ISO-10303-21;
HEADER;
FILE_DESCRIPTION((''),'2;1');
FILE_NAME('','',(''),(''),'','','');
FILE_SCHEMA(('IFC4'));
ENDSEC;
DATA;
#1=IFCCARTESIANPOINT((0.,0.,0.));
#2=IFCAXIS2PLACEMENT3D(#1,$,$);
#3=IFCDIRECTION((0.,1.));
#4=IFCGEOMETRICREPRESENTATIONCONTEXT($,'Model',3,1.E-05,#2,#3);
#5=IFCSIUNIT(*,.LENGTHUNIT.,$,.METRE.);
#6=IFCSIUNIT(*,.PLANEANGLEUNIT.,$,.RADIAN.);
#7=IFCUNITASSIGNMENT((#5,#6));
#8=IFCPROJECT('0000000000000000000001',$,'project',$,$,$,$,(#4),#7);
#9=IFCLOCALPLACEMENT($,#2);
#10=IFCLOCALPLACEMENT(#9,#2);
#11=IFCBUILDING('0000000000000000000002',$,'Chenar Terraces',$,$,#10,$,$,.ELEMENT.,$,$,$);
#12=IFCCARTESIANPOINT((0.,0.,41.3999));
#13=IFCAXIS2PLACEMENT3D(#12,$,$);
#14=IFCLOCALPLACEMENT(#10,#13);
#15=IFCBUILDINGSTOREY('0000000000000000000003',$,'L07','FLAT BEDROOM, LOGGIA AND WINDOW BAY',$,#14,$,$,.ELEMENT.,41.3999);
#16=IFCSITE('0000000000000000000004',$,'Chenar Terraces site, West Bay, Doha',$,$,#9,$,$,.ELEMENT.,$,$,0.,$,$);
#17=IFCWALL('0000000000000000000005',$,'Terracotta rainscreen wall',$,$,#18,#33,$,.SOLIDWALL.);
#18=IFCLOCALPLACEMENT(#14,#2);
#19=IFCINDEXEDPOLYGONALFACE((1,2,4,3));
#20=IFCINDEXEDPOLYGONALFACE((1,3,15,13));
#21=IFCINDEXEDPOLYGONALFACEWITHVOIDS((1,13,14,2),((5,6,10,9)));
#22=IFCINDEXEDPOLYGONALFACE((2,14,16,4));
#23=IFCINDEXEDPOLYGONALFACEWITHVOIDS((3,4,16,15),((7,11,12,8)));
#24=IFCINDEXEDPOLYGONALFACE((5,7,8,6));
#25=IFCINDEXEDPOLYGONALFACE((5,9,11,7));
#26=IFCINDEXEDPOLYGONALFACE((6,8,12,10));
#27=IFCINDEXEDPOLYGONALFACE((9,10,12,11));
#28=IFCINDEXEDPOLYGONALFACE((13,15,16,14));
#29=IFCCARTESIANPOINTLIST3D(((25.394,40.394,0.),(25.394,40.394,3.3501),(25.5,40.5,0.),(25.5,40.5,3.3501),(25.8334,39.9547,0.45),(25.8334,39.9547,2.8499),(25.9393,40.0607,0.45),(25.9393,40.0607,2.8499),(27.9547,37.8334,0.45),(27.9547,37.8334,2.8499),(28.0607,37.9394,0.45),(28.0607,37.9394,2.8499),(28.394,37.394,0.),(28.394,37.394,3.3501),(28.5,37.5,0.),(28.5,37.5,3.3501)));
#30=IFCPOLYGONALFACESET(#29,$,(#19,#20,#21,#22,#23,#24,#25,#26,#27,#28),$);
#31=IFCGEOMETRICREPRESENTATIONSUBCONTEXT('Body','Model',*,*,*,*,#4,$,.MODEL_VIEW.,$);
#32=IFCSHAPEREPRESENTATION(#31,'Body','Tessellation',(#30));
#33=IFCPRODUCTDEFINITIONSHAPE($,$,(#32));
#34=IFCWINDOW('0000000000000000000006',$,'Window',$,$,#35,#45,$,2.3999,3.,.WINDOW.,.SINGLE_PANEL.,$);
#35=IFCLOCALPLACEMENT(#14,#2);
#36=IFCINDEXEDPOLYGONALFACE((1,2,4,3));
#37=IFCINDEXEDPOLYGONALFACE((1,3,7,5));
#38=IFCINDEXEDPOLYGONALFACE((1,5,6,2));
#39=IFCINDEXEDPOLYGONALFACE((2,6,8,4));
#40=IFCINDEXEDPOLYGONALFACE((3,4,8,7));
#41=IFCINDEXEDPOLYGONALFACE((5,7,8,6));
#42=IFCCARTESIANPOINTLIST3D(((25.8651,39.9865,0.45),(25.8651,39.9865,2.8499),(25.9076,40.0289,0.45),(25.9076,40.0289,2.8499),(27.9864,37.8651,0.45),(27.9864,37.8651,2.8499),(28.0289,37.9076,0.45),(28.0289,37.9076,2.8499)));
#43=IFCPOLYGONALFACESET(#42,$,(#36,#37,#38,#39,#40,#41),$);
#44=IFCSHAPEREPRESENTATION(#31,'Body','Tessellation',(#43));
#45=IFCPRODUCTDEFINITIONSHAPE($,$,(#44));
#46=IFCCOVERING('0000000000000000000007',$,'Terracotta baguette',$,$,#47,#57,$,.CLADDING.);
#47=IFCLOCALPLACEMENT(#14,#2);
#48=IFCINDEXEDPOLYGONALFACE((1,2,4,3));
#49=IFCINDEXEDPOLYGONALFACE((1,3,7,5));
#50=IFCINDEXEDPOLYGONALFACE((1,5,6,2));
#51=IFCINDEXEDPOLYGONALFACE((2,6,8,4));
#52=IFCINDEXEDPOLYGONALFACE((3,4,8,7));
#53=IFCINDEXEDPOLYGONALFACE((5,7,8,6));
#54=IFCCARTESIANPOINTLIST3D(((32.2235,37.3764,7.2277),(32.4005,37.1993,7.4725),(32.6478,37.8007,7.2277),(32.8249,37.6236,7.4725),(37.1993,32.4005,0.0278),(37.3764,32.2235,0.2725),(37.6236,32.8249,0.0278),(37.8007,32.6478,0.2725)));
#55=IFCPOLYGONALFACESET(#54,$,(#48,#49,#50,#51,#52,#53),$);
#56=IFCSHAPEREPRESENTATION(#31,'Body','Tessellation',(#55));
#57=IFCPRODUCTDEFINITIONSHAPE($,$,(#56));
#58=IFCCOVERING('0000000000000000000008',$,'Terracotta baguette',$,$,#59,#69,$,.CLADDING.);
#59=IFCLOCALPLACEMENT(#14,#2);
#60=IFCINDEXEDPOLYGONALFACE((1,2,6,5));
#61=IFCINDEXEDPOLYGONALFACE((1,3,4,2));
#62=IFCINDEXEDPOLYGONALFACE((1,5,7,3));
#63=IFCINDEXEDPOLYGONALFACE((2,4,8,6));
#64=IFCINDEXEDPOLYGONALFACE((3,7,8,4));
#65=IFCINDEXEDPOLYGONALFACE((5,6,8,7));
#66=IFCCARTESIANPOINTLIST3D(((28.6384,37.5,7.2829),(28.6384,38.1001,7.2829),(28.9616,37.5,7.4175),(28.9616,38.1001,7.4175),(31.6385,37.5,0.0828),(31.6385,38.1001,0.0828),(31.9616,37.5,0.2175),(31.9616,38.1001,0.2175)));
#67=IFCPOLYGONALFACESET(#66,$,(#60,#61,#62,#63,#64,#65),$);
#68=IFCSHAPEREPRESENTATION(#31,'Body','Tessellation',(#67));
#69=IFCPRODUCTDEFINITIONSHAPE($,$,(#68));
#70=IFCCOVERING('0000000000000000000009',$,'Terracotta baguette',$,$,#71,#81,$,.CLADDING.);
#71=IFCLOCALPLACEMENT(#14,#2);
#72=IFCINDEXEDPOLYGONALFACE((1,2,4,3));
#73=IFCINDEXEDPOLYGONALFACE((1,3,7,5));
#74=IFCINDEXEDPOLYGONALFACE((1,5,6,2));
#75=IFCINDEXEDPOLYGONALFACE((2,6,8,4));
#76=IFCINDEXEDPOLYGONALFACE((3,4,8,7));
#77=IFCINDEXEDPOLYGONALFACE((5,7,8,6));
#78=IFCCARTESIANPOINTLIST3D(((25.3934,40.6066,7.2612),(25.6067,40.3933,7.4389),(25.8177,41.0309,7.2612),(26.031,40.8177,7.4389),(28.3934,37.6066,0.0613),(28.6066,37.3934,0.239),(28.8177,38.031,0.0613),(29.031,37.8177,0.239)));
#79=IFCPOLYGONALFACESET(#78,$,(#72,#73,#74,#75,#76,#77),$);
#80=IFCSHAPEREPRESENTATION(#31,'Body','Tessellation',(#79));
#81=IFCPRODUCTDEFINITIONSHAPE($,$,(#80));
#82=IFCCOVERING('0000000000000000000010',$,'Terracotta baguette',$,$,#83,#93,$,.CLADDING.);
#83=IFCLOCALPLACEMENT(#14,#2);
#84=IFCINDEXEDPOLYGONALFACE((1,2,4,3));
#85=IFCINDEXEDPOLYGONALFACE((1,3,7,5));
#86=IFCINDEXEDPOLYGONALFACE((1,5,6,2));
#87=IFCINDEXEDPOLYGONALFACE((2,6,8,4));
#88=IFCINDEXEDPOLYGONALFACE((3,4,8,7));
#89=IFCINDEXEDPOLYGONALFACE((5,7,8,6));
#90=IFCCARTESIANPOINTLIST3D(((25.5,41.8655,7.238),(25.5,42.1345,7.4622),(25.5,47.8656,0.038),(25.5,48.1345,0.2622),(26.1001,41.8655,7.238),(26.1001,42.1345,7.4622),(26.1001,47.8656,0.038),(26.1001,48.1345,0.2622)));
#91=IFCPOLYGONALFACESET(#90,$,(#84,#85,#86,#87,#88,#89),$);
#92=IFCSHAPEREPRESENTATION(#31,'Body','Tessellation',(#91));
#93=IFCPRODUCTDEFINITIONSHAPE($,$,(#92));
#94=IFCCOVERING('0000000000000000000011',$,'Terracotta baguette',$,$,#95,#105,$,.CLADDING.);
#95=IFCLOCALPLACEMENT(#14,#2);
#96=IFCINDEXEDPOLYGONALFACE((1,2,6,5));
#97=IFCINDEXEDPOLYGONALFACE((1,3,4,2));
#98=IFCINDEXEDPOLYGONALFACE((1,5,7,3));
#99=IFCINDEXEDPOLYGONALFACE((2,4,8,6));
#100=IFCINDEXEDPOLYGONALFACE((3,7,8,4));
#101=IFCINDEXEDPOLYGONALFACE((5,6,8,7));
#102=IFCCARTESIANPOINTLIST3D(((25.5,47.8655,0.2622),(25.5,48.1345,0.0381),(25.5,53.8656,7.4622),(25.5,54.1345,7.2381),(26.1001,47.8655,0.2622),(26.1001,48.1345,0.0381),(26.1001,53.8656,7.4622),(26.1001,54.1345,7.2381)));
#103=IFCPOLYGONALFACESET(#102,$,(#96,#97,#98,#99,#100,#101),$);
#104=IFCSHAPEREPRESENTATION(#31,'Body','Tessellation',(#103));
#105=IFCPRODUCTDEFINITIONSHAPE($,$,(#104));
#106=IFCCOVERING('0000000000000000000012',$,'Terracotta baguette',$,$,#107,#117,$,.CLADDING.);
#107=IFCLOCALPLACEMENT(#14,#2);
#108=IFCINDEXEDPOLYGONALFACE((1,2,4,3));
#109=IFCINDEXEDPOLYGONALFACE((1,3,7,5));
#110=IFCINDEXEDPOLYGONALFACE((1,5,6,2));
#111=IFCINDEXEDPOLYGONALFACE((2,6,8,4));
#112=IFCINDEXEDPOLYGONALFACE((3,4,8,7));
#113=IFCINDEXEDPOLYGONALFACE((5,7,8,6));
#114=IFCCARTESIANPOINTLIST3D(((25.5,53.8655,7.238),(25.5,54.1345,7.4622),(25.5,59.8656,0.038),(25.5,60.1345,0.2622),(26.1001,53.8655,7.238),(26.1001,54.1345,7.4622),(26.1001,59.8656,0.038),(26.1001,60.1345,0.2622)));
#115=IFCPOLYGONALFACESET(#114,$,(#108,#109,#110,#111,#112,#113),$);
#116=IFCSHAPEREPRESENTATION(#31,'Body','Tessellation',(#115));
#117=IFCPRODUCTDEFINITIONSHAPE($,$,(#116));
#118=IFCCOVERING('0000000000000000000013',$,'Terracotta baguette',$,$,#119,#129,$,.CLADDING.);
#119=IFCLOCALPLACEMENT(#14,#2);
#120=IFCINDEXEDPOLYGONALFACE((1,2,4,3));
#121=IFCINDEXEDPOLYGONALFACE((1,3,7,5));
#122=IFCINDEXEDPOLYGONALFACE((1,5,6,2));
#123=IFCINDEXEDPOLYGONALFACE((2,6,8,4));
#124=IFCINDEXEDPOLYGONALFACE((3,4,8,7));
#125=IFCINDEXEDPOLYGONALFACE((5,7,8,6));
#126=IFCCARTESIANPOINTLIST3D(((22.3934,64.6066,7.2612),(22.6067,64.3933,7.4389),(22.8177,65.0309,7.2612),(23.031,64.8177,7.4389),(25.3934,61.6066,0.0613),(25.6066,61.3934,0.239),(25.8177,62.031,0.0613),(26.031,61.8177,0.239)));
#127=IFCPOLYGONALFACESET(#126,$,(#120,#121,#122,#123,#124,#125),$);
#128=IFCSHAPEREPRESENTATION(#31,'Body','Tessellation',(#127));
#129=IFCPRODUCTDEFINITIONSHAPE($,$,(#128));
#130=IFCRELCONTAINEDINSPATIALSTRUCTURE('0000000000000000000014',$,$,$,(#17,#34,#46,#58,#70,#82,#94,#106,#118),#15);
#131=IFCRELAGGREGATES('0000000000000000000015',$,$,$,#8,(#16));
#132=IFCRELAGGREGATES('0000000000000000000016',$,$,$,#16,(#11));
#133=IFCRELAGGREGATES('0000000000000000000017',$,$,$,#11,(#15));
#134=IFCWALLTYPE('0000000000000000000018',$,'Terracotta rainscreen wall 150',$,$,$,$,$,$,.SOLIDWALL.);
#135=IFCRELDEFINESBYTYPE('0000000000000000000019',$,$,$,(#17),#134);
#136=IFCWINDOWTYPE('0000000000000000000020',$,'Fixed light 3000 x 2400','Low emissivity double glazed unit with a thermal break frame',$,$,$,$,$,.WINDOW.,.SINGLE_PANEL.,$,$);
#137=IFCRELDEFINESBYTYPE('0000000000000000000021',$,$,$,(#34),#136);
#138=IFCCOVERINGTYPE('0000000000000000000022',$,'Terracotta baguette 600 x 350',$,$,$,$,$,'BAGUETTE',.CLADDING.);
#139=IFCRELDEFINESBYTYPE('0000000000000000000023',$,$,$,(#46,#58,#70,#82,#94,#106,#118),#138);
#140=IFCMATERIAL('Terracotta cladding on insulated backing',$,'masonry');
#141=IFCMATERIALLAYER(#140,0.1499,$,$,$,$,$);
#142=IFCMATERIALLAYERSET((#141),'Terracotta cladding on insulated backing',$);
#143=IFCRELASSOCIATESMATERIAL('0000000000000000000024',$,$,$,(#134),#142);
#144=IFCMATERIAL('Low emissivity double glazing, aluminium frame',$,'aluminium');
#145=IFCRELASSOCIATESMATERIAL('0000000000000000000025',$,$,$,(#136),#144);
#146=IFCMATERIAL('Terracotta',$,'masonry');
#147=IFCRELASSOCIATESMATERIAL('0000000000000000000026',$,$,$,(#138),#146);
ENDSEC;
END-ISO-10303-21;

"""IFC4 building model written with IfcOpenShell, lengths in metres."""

from ifc_helpers import new_model, si_unit, direction, frame, frame_2d, origin, origin_2d, place, context, subcontext, project, spatial, rectangle, extrude, material, layer, layer_set, material_profile, profile_set, type_object, element, fill, save


model = new_model("IFC4")

# Units and contexts
model_context = context("Model", 3, precision=1e-05, world=origin(), true_north=direction((0.0, 1.0)))
body_context = subcontext(model_context, "Body", "Model", "MODEL_VIEW")
ifc_project = project(units=[si_unit("LENGTHUNIT", "METRE"), si_unit("PLANEANGLEUNIT", "RADIAN")], contexts=[model_context])

# Site, building, storey
site_placement = place(None, origin())
site = spatial("IfcSite", under=ifc_project, at=site_placement, Name="Chenar Terraces site, West Bay, Doha", CompositionType="ELEMENT", RefElevation=0.0)
building_placement = place(site_placement, origin())
building = spatial("IfcBuilding", under=site, at=building_placement, Name="Chenar Terraces", CompositionType="ELEMENT")
storey_placement = place(building_placement, frame((0.0, 0.0, 41.3999)))
storey = spatial("IfcBuildingStorey", under=building, at=storey_placement, Name="L07", Description="FLAT BEDROOM, LOGGIA AND WINDOW BAY", CompositionType="ELEMENT", Elevation=41.3999)

# Wall, opening, window
ifc_material_1 = material(Name="Terracotta cladding on insulated backing", Category="masonry")
ifc_layer_1 = layer(ifc_material_1, 0.1499)
ifc_layer_set_1 = layer_set([ifc_layer_1], Name="Terracotta cladding on insulated backing")
wall_type_1 = type_object("IfcWallType", Name="Terracotta rainscreen wall 150", PredefinedType="SOLIDWALL", material=ifc_layer_set_1)
wall_1_placement = place(storey_placement, frame((28.447, 37.447, 0.0), z_axis=(0.0, 0.0, 1.0), x_axis=(-0.707107, 0.707107, 0.0)))
wall_1 = element("IfcWall", 1, at=wall_1_placement, inside=storey, type_object=wall_type_1, Name="Terracotta rainscreen wall", PredefinedType="SOLIDWALL", context=body_context, shape_type="SweptSolid", body=[
    extrude(rectangle(XDim=4.2427, YDim=0.1499, at=frame_2d((2.1213, 0.0))), origin(), (0.0, 0.0, 1.0), 3.3501),
])
opening_placement = place(wall_1_placement, frame((0.6213, 0.0, 0.45)))
opening = element("IfcOpeningElement", 2, at=opening_placement, cuts=wall_1, PredefinedType="OPENING", context=body_context, shape_type="SweptSolid", body=[
    extrude(rectangle(XDim=3.0, YDim=2.3999, at=frame_2d((1.5, 1.2))), frame((0.0, 0.085, 0.0), z_axis=(0.0, -1.0, 0.0), x_axis=(1.0, 0.0, 0.0)), (0.0, 0.0, 1.0), 0.1699),
])
ifc_material_2 = material(Name="Low emissivity double glazing, aluminium frame", Category="aluminium")
window_type = type_object("IfcWindowType", Name="Fixed light 3000 x 2400", Description="Low emissivity double glazed unit with a thermal break frame", PartitioningType="SINGLE_PANEL", PredefinedType="WINDOW", material=ifc_material_2)
window_placement = place(opening_placement, origin())
window = element("IfcWindow", 3, at=window_placement, inside=storey, type_object=window_type, Name="Window", OverallHeight=2.3999, OverallWidth=3.0, PartitioningType="SINGLE_PANEL", PredefinedType="WINDOW", context=body_context, shape_type="SweptSolid", body=[
    extrude(rectangle(XDim=3.0, YDim=2.3999, at=frame_2d((1.5, 1.2))), frame((0.0, 0.03, 0.0), z_axis=(0.0, -1.0, 0.0), x_axis=(1.0, 0.0, 0.0)), (0.0, 0.0, 1.0), 0.0601),
])
fill(opening, window)

# Coverings
ifc_material_3 = material(Name="Terracotta", Category="masonry")
ifc_material_profile_1 = material_profile(ifc_material_3, rectangle(XDim=0.6001, YDim=0.3501, at=origin_2d()), Name="Terracotta baguette 600 x 350")
ifc_profile_set_1 = profile_set([ifc_material_profile_1], Name="Terracotta")
covering_type = type_object("IfcCoveringType", Name="Terracotta baguette 600 x 350", ElementType="BAGUETTE", PredefinedType="CLADDING", material=ifc_profile_set_1)
covering_1_placement = place(storey_placement, frame((37.5, 32.5242, 0.1501), z_axis=(-0.494241, 0.494241, 0.715159), x_axis=(-0.707107, -0.707107, 0.0)))
element("IfcCovering", 4, at=covering_1_placement, inside=storey, type_object=covering_type, Name="Terracotta baguette", PredefinedType="CLADDING", context=body_context, shape_type="SweptSolid", body=[
    extrude(rectangle(XDim=0.6001, YDim=0.3501, at=origin_2d()), origin(), (0.0, 0.0, 1.0), 10.0676),
])
covering_2_placement = place(storey_placement, frame((31.8, 37.8, 0.1501), z_axis=(-0.384618, 0.0, 0.923076), x_axis=(0.0, -1.0, 0.0)))
element("IfcCovering", 5, at=covering_2_placement, inside=storey, type_object=covering_type, Name="Terracotta baguette", PredefinedType="CLADDING", context=body_context, shape_type="SweptSolid", body=[
    extrude(rectangle(XDim=0.6001, YDim=0.3501, at=origin_2d()), origin(), (0.0, 0.0, 1.0), 7.8),
])
covering_3_placement = place(storey_placement, frame((28.7122, 37.7122, 0.1501), z_axis=(-0.358981, 0.358981, 0.861548), x_axis=(-0.707107, -0.707107, 0.0)))
element("IfcCovering", 6, at=covering_3_placement, inside=storey, type_object=covering_type, Name="Terracotta baguette", PredefinedType="CLADDING", context=body_context, shape_type="SweptSolid", body=[
    extrude(rectangle(XDim=0.6001, YDim=0.3501, at=origin_2d()), origin(), (0.0, 0.0, 1.0), 8.3569),
])
for number, where, z_axis, x_axis, name in (
    (7, (25.8, 42.0, 7.3501), (0.0, 0.640187, -0.768219), (-1.0, 0.0, 0.0), "Terracotta baguette"),
    (8, (25.8, 48.0, 0.1501), (0.0, 0.640187, 0.768219), (-1.0, 0.0, 0.0), "Terracotta baguette"),
    (9, (25.8, 54.0, 7.3501), (0.0, 0.640187, -0.768219), (-1.0, 0.0, 0.0), "Terracotta baguette"),
):
    element("IfcCovering", number, at=place(storey_placement, frame(where, z_axis=z_axis, x_axis=x_axis)), inside=storey, type_object=covering_type, Name=name, PredefinedType="CLADDING", context=body_context, shape_type="SweptSolid", body=[
        extrude(rectangle(XDim=0.6001, YDim=0.3501, at=origin_2d()), origin(), (0.0, 0.0, 1.0), 9.3723),
    ])
covering_4_placement = place(storey_placement, frame((25.7122, 61.7122, 0.1501), z_axis=(-0.358981, 0.358981, 0.861548), x_axis=(-0.707107, -0.707107, 0.0)))
element("IfcCovering", 10, at=covering_4_placement, inside=storey, type_object=covering_type, Name="Terracotta baguette", PredefinedType="CLADDING", context=body_context, shape_type="SweptSolid", body=[
    extrude(rectangle(XDim=0.6001, YDim=0.3501, at=origin_2d()), origin(), (0.0, 0.0, 1.0), 8.3569),
])

save(model, "model.ifc")
